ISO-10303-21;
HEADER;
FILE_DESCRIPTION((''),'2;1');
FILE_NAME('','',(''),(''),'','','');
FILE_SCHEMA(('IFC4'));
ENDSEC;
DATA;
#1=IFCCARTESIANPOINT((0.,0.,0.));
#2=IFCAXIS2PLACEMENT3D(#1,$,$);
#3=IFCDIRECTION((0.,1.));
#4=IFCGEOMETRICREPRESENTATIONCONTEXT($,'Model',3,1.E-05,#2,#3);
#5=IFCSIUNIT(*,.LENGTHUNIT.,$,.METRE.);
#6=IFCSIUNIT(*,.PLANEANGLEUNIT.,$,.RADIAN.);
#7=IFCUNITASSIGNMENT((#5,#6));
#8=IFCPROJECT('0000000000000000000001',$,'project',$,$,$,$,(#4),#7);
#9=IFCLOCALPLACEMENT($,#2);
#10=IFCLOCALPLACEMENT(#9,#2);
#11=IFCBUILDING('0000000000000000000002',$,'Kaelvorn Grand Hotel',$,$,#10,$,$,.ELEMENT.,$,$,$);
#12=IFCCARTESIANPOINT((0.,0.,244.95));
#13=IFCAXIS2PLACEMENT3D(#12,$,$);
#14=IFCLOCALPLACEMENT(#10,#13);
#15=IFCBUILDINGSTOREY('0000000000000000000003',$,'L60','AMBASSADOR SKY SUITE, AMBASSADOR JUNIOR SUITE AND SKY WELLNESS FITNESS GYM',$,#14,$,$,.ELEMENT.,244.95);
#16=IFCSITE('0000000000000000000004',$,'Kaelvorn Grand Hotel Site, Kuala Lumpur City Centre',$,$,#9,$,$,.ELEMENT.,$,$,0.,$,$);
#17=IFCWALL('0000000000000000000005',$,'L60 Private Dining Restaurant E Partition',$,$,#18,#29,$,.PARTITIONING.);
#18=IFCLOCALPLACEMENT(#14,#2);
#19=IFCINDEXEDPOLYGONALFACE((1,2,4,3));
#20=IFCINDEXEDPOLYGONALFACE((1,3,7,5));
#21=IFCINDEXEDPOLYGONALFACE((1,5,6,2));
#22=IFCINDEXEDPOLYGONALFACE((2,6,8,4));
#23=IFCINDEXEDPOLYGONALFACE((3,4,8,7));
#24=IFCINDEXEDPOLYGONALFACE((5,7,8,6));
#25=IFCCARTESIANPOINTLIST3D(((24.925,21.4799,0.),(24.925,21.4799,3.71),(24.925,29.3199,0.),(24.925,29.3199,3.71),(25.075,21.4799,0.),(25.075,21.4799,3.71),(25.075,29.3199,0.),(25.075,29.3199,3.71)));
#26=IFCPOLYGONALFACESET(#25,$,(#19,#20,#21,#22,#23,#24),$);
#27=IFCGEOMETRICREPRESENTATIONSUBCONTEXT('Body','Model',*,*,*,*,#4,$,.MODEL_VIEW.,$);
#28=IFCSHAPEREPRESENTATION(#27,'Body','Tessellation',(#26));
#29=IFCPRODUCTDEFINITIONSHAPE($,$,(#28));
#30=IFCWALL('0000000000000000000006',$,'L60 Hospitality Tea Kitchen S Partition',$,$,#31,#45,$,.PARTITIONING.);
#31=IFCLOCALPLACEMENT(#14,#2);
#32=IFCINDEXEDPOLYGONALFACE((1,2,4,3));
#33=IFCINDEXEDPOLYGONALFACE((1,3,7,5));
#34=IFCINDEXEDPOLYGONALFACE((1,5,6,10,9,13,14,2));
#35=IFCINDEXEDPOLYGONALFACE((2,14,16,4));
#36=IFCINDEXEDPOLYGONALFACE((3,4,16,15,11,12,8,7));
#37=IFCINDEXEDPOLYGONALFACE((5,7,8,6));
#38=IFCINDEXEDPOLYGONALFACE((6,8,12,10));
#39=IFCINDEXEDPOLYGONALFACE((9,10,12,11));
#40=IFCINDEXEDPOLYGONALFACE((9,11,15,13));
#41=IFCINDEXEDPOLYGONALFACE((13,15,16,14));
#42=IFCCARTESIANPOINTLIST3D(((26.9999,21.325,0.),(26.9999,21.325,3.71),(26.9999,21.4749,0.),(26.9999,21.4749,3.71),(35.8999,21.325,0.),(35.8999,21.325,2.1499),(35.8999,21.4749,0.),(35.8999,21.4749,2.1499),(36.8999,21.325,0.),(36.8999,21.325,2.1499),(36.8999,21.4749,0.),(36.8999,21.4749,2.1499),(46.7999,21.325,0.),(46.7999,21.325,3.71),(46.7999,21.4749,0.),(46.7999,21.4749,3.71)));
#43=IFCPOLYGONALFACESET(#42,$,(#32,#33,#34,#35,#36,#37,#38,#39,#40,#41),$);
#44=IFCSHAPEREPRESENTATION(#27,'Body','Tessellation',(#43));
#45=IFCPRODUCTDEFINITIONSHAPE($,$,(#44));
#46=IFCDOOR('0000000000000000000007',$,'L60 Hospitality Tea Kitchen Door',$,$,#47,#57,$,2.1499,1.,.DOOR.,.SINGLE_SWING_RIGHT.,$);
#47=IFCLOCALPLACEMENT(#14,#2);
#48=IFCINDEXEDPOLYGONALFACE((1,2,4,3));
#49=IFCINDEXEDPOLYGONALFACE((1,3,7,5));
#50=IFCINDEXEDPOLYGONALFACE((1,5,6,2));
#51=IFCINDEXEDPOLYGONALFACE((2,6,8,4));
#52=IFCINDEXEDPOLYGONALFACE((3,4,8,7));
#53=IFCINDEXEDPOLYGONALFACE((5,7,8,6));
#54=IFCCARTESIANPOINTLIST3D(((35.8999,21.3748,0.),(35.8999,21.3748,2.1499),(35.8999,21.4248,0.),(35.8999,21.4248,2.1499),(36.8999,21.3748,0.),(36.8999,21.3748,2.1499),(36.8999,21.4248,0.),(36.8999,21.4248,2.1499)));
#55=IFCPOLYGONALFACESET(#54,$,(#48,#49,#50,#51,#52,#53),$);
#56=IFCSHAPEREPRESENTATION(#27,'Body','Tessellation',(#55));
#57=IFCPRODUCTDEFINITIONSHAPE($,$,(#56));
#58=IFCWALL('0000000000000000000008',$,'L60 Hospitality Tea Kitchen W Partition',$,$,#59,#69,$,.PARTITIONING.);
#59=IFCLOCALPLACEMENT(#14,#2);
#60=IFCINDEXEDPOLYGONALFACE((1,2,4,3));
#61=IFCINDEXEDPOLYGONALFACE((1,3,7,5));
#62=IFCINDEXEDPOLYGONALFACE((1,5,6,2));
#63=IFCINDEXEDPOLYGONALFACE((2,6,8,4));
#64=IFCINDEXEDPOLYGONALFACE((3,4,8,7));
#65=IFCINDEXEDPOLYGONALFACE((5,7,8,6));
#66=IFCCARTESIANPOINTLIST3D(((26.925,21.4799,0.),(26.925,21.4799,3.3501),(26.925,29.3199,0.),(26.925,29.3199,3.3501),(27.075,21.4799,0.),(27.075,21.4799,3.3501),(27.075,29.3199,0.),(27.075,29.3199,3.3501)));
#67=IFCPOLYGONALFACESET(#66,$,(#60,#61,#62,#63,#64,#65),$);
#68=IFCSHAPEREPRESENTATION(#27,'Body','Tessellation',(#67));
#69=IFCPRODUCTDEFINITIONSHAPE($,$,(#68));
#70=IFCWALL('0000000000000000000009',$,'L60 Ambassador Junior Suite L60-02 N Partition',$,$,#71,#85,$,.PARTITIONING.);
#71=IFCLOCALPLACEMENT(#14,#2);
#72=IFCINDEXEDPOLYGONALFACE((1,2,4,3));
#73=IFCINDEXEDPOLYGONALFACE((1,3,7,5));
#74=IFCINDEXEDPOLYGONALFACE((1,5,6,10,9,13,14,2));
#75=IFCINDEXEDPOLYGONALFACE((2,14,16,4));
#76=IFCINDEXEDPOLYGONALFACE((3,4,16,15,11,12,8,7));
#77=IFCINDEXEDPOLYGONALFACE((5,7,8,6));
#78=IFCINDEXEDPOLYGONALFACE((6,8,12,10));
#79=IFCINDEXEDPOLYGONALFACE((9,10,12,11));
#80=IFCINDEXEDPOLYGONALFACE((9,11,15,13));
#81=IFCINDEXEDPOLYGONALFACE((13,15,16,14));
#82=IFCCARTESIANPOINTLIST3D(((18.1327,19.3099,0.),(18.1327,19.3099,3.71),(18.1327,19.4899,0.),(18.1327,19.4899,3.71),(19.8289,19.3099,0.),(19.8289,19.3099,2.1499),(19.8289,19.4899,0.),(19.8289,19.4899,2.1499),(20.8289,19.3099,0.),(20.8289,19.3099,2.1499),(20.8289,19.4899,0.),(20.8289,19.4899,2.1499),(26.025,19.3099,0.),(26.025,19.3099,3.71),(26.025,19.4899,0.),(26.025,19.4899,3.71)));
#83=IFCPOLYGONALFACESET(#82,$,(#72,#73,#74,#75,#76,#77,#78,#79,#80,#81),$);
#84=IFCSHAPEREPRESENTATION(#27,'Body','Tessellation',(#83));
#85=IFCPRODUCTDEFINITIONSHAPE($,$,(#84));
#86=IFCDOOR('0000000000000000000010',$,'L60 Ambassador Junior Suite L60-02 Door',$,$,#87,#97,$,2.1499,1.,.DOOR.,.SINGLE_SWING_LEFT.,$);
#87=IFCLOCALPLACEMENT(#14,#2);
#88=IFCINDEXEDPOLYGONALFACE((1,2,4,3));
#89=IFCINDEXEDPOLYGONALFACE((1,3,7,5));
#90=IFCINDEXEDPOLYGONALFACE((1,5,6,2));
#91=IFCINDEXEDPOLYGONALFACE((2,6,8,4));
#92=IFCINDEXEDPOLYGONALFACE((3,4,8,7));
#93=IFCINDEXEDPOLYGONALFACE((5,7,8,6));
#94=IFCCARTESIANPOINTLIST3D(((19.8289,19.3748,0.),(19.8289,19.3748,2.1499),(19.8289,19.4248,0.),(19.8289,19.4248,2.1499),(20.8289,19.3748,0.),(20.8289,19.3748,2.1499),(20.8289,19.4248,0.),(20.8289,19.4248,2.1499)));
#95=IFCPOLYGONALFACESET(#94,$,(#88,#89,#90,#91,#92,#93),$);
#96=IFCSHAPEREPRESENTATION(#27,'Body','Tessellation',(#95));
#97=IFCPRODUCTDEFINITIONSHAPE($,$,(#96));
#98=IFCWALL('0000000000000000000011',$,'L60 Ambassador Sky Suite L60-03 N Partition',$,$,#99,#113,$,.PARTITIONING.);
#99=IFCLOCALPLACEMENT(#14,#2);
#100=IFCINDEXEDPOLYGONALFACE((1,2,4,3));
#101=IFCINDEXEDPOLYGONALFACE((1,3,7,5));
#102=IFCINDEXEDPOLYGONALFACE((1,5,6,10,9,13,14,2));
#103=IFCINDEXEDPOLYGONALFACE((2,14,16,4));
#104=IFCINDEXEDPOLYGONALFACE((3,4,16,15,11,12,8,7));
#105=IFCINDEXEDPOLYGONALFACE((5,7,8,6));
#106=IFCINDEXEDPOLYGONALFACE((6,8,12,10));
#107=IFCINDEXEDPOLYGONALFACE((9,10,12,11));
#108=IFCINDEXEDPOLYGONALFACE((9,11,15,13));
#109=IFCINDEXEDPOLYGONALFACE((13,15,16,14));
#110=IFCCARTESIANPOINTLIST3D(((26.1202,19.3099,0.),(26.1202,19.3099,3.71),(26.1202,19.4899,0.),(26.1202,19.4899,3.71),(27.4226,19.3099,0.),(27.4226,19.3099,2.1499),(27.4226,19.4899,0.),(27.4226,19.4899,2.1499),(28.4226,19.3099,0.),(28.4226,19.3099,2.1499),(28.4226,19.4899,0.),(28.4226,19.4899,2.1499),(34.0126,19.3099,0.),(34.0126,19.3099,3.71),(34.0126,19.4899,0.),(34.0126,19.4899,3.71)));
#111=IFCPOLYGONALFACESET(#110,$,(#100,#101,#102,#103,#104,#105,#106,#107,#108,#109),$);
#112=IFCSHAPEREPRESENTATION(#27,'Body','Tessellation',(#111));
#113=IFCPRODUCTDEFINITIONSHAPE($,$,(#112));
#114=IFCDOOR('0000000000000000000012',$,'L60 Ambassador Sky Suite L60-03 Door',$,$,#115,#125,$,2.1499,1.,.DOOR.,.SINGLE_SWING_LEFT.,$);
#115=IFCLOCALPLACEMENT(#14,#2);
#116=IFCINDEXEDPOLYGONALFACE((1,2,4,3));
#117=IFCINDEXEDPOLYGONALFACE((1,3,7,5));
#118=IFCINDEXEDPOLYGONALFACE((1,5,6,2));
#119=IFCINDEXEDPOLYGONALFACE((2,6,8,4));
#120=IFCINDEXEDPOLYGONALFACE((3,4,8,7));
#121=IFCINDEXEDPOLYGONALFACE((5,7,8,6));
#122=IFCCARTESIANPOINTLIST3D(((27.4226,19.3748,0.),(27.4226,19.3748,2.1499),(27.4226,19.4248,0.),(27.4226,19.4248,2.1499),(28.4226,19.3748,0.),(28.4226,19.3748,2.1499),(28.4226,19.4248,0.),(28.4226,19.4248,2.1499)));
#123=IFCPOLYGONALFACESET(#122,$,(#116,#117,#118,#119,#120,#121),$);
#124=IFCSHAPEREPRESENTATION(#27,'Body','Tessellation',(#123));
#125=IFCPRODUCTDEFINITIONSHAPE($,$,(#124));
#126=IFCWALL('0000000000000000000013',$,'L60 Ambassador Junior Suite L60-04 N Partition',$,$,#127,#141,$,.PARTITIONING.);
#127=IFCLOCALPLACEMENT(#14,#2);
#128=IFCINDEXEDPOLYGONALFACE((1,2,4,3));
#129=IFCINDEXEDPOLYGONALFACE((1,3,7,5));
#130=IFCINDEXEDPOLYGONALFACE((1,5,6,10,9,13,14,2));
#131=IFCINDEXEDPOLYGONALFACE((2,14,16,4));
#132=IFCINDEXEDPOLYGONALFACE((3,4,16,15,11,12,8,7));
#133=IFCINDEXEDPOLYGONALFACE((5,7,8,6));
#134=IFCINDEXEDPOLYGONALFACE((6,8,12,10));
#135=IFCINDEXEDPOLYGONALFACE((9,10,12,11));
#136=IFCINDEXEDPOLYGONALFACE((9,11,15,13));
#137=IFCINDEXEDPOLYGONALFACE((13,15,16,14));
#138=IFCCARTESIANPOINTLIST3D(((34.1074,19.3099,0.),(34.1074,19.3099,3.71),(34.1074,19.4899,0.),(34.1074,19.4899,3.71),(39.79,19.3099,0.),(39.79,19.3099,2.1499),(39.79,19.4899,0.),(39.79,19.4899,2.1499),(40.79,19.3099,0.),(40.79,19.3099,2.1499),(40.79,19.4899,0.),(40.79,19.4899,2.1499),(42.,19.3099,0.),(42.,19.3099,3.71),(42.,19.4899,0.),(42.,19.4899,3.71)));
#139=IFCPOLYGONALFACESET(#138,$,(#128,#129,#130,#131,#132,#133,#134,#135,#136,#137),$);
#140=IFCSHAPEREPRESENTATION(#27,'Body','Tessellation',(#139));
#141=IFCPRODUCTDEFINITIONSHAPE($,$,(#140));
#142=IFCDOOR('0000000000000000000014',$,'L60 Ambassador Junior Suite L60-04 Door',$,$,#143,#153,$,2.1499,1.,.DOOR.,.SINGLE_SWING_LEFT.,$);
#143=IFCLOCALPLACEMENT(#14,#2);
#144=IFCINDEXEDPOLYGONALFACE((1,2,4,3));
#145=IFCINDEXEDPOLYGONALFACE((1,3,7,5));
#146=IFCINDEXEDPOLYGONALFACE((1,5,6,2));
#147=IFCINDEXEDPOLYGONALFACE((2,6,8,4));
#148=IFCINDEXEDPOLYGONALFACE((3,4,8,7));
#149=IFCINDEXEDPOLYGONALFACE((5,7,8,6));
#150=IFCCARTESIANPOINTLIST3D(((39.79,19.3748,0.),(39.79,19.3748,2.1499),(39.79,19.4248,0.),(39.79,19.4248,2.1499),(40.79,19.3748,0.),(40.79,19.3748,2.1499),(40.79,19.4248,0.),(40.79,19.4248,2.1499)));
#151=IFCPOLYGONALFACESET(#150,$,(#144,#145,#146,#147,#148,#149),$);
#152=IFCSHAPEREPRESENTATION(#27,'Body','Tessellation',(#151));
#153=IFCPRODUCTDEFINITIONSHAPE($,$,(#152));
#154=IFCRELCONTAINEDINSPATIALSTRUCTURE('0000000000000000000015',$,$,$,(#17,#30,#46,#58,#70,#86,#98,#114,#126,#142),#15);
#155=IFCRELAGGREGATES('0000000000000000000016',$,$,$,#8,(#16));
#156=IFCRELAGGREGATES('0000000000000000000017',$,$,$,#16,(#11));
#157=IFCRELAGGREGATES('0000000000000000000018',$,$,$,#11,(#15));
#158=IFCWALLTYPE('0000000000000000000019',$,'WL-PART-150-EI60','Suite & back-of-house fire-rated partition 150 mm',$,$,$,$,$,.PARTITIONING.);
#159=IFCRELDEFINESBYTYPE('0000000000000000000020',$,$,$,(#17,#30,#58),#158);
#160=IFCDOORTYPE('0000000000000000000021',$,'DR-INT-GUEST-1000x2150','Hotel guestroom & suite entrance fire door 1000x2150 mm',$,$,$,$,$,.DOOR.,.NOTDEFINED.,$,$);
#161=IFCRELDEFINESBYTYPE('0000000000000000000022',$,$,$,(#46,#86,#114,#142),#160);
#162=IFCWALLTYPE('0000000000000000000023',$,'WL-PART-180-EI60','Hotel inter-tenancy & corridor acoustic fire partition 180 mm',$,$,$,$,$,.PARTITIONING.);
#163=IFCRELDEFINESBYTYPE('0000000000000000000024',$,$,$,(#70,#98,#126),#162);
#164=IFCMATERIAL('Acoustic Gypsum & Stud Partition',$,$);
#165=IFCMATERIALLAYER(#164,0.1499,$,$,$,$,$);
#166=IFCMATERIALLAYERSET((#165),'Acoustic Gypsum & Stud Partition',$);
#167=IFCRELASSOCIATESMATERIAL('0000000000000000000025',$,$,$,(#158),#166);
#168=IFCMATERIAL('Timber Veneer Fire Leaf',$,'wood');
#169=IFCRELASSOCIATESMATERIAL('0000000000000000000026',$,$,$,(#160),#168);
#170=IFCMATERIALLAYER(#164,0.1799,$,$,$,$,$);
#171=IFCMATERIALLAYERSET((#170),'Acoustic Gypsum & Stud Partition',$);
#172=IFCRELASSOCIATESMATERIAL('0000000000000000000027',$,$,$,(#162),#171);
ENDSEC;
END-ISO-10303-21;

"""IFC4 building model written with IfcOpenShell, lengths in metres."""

from ifc_helpers import new_model, si_unit, direction, frame, frame_2d, origin, place, context, subcontext, project, spatial, rectangle, extrude, material, layer, layer_set, type_object, element, fill, save


model = new_model("IFC4")

# Units and contexts
model_context = context("Model", 3, precision=1e-05, world=origin(), true_north=direction((0.0, 1.0)))
body_context = subcontext(model_context, "Body", "Model", "MODEL_VIEW")
ifc_project = project(units=[si_unit("LENGTHUNIT", "METRE"), si_unit("PLANEANGLEUNIT", "RADIAN")], contexts=[model_context])

# Site, building, storey
site_placement = place(None, origin())
site = spatial("IfcSite", under=ifc_project, at=site_placement, Name="Kaelvorn Grand Hotel Site, Kuala Lumpur City Centre", CompositionType="ELEMENT", RefElevation=0.0)
building_placement = place(site_placement, origin())
building = spatial("IfcBuilding", under=site, at=building_placement, Name="Kaelvorn Grand Hotel", CompositionType="ELEMENT")
storey_placement = place(building_placement, frame((0.0, 0.0, 244.95)))
storey = spatial("IfcBuildingStorey", under=building, at=storey_placement, Name="L60", Description="AMBASSADOR SKY SUITE, AMBASSADOR JUNIOR SUITE AND SKY WELLNESS FITNESS GYM", CompositionType="ELEMENT", Elevation=244.95)

# Wall
ifc_material_1 = material(Name="Acoustic Gypsum & Stud Partition")
ifc_layer_1 = layer(ifc_material_1, 0.1499)
ifc_layer_set_1 = layer_set([ifc_layer_1], Name="Acoustic Gypsum & Stud Partition")
wall_type_1 = type_object("IfcWallType", Name="WL-PART-150-EI60", Description="Suite & back-of-house fire-rated partition 150 mm", PredefinedType="PARTITIONING", material=ifc_layer_set_1)
wall_1_placement = place(storey_placement, frame((25.0, 21.48, 0.0), z_axis=(0.0, 0.0, 1.0), x_axis=(0.0, 1.0, 0.0)))
element("IfcWall", 1, at=wall_1_placement, inside=storey, type_object=wall_type_1, Name="L60 Private Dining Restaurant E Partition", PredefinedType="PARTITIONING", context=body_context, shape_type="SweptSolid", body=[
    extrude(rectangle(XDim=7.8401, YDim=0.1499, at=frame_2d((3.9199, 0.0))), origin(), (0.0, 0.0, 1.0), 3.71),
])

# Wall, opening, door
wall_2_placement = place(storey_placement, frame((27.0, 21.3999, 0.0), z_axis=(0.0, 0.0, 1.0), x_axis=(1.0, 0.0, 0.0)))
wall_2 = element("IfcWall", 2, at=wall_2_placement, inside=storey, type_object=wall_type_1, Name="L60 Hospitality Tea Kitchen S Partition", PredefinedType="PARTITIONING", context=body_context, shape_type="SweptSolid", body=[
    extrude(rectangle(XDim=19.8, YDim=0.1499, at=frame_2d((9.8999, 0.0))), origin(), (0.0, 0.0, 1.0), 3.71),
])
opening_1_placement = place(wall_2_placement, frame((8.8999, 0.0, 0.0)))
opening_1 = element("IfcOpeningElement", 3, at=opening_1_placement, cuts=wall_2, PredefinedType="OPENING", context=body_context, shape_type="SweptSolid", body=[
    extrude(rectangle(XDim=1.0, YDim=2.1499, at=frame_2d((0.5, 1.075))), frame((0.0, 0.085, 0.0), z_axis=(0.0, -1.0, 0.0), x_axis=(1.0, 0.0, 0.0)), (0.0, 0.0, 1.0), 0.1699),
])
ifc_material_2 = material(Name="Timber Veneer Fire Leaf", Category="wood")
door_type_1 = type_object("IfcDoorType", Name="DR-INT-GUEST-1000x2150", Description="Hotel guestroom & suite entrance fire door 1000x2150 mm", OperationType="NOTDEFINED", PredefinedType="DOOR", material=ifc_material_2)
door_1_placement = place(opening_1_placement, origin())
door_1 = element("IfcDoor", 4, at=door_1_placement, inside=storey, type_object=door_type_1, Name="L60 Hospitality Tea Kitchen Door", OperationType="SINGLE_SWING_RIGHT", OverallHeight=2.1499, OverallWidth=1.0, PredefinedType="DOOR", context=body_context, shape_type="SweptSolid", body=[
    extrude(rectangle(XDim=1.0, YDim=2.1499, at=frame_2d((0.5, 1.075))), frame((0.0, 0.0249, 0.0), z_axis=(0.0, -1.0, 0.0), x_axis=(1.0, 0.0, 0.0)), (0.0, 0.0, 1.0), 0.05),
])
fill(opening_1, door_1)

# Wall
wall_3_placement = place(storey_placement, frame((27.0, 21.48, 0.0), z_axis=(0.0, 0.0, 1.0), x_axis=(0.0, 1.0, 0.0)))
element("IfcWall", 5, at=wall_3_placement, inside=storey, type_object=wall_type_1, Name="L60 Hospitality Tea Kitchen W Partition", PredefinedType="PARTITIONING", context=body_context, shape_type="SweptSolid", body=[
    extrude(rectangle(XDim=7.8401, YDim=0.1499, at=frame_2d((3.9199, 0.0))), origin(), (0.0, 0.0, 1.0), 3.3501),
])

# Walls, openings, doors
ifc_layer_2 = layer(ifc_material_1, 0.1799)
ifc_layer_set_2 = layer_set([ifc_layer_2], Name="Acoustic Gypsum & Stud Partition")
wall_type_2 = type_object("IfcWallType", Name="WL-PART-180-EI60", Description="Hotel inter-tenancy & corridor acoustic fire partition 180 mm", PredefinedType="PARTITIONING", material=ifc_layer_set_2)
wall_4_placement = place(storey_placement, frame((18.1326, 19.3999, 0.0), z_axis=(0.0, 0.0, 1.0), x_axis=(1.0, 0.0, 0.0)))
wall_4 = element("IfcWall", 6, at=wall_4_placement, inside=storey, type_object=wall_type_2, Name="L60 Ambassador Junior Suite L60-02 N Partition", PredefinedType="PARTITIONING", context=body_context, shape_type="SweptSolid", body=[
    extrude(rectangle(XDim=7.8923, YDim=0.1799, at=frame_2d((3.9463, 0.0))), origin(), (0.0, 0.0, 1.0), 3.71),
])
opening_2_placement = place(wall_4_placement, frame((1.6963, 0.0, 0.0)))
opening_2 = element("IfcOpeningElement", 7, at=opening_2_placement, cuts=wall_4, PredefinedType="OPENING", context=body_context, shape_type="SweptSolid", body=[
    extrude(rectangle(XDim=1.0, YDim=2.1499, at=frame_2d((0.5, 1.075))), frame((0.0, 0.1001, 0.0), z_axis=(0.0, -1.0, 0.0), x_axis=(1.0, 0.0, 0.0)), (0.0, 0.0, 1.0), 0.2),
])
door_2_placement = place(opening_2_placement, origin())
door_2 = element("IfcDoor", 8, at=door_2_placement, inside=storey, type_object=door_type_1, Name="L60 Ambassador Junior Suite L60-02 Door", OperationType="SINGLE_SWING_LEFT", OverallHeight=2.1499, OverallWidth=1.0, PredefinedType="DOOR", context=body_context, shape_type="SweptSolid", body=[
    extrude(rectangle(XDim=1.0, YDim=2.1499, at=frame_2d((0.5, 1.075))), frame((0.0, 0.0249, 0.0), z_axis=(0.0, -1.0, 0.0), x_axis=(1.0, 0.0, 0.0)), (0.0, 0.0, 1.0), 0.05),
])
fill(opening_2, door_2)
wall_5_placement = place(storey_placement, frame((26.1201, 19.3999, 0.0), z_axis=(0.0, 0.0, 1.0), x_axis=(1.0, 0.0, 0.0)))
wall_5 = element("IfcWall", 9, at=wall_5_placement, inside=storey, type_object=wall_type_2, Name="L60 Ambassador Sky Suite L60-03 N Partition", PredefinedType="PARTITIONING", context=body_context, shape_type="SweptSolid", body=[
    extrude(rectangle(XDim=7.8923, YDim=0.1799, at=frame_2d((3.9463, 0.0))), origin(), (0.0, 0.0, 1.0), 3.71),
])
opening_3_placement = place(wall_5_placement, frame((1.3025, 0.0, 0.0)))
opening_3 = element("IfcOpeningElement", 10, at=opening_3_placement, cuts=wall_5, PredefinedType="OPENING", context=body_context, shape_type="SweptSolid", body=[
    extrude(rectangle(XDim=1.0, YDim=2.1499, at=frame_2d((0.5, 1.075))), frame((0.0, 0.1001, 0.0), z_axis=(0.0, -1.0, 0.0), x_axis=(1.0, 0.0, 0.0)), (0.0, 0.0, 1.0), 0.2),
])
door_3_placement = place(opening_3_placement, origin())
door_3 = element("IfcDoor", 11, at=door_3_placement, inside=storey, type_object=door_type_1, Name="L60 Ambassador Sky Suite L60-03 Door", OperationType="SINGLE_SWING_LEFT", OverallHeight=2.1499, OverallWidth=1.0, PredefinedType="DOOR", context=body_context, shape_type="SweptSolid", body=[
    extrude(rectangle(XDim=1.0, YDim=2.1499, at=frame_2d((0.5, 1.075))), frame((0.0, 0.0249, 0.0), z_axis=(0.0, -1.0, 0.0), x_axis=(1.0, 0.0, 0.0)), (0.0, 0.0, 1.0), 0.05),
])
fill(opening_3, door_3)
wall_6_placement = place(storey_placement, frame((34.1074, 19.3999, 0.0), z_axis=(0.0, 0.0, 1.0), x_axis=(1.0, 0.0, 0.0)))
wall_6 = element("IfcWall", 12, at=wall_6_placement, inside=storey, type_object=wall_type_2, Name="L60 Ambassador Junior Suite L60-04 N Partition", PredefinedType="PARTITIONING", context=body_context, shape_type="SweptSolid", body=[
    extrude(rectangle(XDim=7.8926, YDim=0.1799, at=frame_2d((3.9463, 0.0))), origin(), (0.0, 0.0, 1.0), 3.71),
])
opening_4_placement = place(wall_6_placement, frame((5.6826, 0.0, 0.0)))
opening_4 = element("IfcOpeningElement", 13, at=opening_4_placement, cuts=wall_6, PredefinedType="OPENING", context=body_context, shape_type="SweptSolid", body=[
    extrude(rectangle(XDim=1.0, YDim=2.1499, at=frame_2d((0.5, 1.075))), frame((0.0, 0.1001, 0.0), z_axis=(0.0, -1.0, 0.0), x_axis=(1.0, 0.0, 0.0)), (0.0, 0.0, 1.0), 0.2),
])
door_4_placement = place(opening_4_placement, origin())
door_4 = element("IfcDoor", 14, at=door_4_placement, inside=storey, type_object=door_type_1, Name="L60 Ambassador Junior Suite L60-04 Door", OperationType="SINGLE_SWING_LEFT", OverallHeight=2.1499, OverallWidth=1.0, PredefinedType="DOOR", context=body_context, shape_type="SweptSolid", body=[
    extrude(rectangle(XDim=1.0, YDim=2.1499, at=frame_2d((0.5, 1.075))), frame((0.0, 0.0249, 0.0), z_axis=(0.0, -1.0, 0.0), x_axis=(1.0, 0.0, 0.0)), (0.0, 0.0, 1.0), 0.05),
])
fill(opening_4, door_4)

save(model, "model.ifc")
